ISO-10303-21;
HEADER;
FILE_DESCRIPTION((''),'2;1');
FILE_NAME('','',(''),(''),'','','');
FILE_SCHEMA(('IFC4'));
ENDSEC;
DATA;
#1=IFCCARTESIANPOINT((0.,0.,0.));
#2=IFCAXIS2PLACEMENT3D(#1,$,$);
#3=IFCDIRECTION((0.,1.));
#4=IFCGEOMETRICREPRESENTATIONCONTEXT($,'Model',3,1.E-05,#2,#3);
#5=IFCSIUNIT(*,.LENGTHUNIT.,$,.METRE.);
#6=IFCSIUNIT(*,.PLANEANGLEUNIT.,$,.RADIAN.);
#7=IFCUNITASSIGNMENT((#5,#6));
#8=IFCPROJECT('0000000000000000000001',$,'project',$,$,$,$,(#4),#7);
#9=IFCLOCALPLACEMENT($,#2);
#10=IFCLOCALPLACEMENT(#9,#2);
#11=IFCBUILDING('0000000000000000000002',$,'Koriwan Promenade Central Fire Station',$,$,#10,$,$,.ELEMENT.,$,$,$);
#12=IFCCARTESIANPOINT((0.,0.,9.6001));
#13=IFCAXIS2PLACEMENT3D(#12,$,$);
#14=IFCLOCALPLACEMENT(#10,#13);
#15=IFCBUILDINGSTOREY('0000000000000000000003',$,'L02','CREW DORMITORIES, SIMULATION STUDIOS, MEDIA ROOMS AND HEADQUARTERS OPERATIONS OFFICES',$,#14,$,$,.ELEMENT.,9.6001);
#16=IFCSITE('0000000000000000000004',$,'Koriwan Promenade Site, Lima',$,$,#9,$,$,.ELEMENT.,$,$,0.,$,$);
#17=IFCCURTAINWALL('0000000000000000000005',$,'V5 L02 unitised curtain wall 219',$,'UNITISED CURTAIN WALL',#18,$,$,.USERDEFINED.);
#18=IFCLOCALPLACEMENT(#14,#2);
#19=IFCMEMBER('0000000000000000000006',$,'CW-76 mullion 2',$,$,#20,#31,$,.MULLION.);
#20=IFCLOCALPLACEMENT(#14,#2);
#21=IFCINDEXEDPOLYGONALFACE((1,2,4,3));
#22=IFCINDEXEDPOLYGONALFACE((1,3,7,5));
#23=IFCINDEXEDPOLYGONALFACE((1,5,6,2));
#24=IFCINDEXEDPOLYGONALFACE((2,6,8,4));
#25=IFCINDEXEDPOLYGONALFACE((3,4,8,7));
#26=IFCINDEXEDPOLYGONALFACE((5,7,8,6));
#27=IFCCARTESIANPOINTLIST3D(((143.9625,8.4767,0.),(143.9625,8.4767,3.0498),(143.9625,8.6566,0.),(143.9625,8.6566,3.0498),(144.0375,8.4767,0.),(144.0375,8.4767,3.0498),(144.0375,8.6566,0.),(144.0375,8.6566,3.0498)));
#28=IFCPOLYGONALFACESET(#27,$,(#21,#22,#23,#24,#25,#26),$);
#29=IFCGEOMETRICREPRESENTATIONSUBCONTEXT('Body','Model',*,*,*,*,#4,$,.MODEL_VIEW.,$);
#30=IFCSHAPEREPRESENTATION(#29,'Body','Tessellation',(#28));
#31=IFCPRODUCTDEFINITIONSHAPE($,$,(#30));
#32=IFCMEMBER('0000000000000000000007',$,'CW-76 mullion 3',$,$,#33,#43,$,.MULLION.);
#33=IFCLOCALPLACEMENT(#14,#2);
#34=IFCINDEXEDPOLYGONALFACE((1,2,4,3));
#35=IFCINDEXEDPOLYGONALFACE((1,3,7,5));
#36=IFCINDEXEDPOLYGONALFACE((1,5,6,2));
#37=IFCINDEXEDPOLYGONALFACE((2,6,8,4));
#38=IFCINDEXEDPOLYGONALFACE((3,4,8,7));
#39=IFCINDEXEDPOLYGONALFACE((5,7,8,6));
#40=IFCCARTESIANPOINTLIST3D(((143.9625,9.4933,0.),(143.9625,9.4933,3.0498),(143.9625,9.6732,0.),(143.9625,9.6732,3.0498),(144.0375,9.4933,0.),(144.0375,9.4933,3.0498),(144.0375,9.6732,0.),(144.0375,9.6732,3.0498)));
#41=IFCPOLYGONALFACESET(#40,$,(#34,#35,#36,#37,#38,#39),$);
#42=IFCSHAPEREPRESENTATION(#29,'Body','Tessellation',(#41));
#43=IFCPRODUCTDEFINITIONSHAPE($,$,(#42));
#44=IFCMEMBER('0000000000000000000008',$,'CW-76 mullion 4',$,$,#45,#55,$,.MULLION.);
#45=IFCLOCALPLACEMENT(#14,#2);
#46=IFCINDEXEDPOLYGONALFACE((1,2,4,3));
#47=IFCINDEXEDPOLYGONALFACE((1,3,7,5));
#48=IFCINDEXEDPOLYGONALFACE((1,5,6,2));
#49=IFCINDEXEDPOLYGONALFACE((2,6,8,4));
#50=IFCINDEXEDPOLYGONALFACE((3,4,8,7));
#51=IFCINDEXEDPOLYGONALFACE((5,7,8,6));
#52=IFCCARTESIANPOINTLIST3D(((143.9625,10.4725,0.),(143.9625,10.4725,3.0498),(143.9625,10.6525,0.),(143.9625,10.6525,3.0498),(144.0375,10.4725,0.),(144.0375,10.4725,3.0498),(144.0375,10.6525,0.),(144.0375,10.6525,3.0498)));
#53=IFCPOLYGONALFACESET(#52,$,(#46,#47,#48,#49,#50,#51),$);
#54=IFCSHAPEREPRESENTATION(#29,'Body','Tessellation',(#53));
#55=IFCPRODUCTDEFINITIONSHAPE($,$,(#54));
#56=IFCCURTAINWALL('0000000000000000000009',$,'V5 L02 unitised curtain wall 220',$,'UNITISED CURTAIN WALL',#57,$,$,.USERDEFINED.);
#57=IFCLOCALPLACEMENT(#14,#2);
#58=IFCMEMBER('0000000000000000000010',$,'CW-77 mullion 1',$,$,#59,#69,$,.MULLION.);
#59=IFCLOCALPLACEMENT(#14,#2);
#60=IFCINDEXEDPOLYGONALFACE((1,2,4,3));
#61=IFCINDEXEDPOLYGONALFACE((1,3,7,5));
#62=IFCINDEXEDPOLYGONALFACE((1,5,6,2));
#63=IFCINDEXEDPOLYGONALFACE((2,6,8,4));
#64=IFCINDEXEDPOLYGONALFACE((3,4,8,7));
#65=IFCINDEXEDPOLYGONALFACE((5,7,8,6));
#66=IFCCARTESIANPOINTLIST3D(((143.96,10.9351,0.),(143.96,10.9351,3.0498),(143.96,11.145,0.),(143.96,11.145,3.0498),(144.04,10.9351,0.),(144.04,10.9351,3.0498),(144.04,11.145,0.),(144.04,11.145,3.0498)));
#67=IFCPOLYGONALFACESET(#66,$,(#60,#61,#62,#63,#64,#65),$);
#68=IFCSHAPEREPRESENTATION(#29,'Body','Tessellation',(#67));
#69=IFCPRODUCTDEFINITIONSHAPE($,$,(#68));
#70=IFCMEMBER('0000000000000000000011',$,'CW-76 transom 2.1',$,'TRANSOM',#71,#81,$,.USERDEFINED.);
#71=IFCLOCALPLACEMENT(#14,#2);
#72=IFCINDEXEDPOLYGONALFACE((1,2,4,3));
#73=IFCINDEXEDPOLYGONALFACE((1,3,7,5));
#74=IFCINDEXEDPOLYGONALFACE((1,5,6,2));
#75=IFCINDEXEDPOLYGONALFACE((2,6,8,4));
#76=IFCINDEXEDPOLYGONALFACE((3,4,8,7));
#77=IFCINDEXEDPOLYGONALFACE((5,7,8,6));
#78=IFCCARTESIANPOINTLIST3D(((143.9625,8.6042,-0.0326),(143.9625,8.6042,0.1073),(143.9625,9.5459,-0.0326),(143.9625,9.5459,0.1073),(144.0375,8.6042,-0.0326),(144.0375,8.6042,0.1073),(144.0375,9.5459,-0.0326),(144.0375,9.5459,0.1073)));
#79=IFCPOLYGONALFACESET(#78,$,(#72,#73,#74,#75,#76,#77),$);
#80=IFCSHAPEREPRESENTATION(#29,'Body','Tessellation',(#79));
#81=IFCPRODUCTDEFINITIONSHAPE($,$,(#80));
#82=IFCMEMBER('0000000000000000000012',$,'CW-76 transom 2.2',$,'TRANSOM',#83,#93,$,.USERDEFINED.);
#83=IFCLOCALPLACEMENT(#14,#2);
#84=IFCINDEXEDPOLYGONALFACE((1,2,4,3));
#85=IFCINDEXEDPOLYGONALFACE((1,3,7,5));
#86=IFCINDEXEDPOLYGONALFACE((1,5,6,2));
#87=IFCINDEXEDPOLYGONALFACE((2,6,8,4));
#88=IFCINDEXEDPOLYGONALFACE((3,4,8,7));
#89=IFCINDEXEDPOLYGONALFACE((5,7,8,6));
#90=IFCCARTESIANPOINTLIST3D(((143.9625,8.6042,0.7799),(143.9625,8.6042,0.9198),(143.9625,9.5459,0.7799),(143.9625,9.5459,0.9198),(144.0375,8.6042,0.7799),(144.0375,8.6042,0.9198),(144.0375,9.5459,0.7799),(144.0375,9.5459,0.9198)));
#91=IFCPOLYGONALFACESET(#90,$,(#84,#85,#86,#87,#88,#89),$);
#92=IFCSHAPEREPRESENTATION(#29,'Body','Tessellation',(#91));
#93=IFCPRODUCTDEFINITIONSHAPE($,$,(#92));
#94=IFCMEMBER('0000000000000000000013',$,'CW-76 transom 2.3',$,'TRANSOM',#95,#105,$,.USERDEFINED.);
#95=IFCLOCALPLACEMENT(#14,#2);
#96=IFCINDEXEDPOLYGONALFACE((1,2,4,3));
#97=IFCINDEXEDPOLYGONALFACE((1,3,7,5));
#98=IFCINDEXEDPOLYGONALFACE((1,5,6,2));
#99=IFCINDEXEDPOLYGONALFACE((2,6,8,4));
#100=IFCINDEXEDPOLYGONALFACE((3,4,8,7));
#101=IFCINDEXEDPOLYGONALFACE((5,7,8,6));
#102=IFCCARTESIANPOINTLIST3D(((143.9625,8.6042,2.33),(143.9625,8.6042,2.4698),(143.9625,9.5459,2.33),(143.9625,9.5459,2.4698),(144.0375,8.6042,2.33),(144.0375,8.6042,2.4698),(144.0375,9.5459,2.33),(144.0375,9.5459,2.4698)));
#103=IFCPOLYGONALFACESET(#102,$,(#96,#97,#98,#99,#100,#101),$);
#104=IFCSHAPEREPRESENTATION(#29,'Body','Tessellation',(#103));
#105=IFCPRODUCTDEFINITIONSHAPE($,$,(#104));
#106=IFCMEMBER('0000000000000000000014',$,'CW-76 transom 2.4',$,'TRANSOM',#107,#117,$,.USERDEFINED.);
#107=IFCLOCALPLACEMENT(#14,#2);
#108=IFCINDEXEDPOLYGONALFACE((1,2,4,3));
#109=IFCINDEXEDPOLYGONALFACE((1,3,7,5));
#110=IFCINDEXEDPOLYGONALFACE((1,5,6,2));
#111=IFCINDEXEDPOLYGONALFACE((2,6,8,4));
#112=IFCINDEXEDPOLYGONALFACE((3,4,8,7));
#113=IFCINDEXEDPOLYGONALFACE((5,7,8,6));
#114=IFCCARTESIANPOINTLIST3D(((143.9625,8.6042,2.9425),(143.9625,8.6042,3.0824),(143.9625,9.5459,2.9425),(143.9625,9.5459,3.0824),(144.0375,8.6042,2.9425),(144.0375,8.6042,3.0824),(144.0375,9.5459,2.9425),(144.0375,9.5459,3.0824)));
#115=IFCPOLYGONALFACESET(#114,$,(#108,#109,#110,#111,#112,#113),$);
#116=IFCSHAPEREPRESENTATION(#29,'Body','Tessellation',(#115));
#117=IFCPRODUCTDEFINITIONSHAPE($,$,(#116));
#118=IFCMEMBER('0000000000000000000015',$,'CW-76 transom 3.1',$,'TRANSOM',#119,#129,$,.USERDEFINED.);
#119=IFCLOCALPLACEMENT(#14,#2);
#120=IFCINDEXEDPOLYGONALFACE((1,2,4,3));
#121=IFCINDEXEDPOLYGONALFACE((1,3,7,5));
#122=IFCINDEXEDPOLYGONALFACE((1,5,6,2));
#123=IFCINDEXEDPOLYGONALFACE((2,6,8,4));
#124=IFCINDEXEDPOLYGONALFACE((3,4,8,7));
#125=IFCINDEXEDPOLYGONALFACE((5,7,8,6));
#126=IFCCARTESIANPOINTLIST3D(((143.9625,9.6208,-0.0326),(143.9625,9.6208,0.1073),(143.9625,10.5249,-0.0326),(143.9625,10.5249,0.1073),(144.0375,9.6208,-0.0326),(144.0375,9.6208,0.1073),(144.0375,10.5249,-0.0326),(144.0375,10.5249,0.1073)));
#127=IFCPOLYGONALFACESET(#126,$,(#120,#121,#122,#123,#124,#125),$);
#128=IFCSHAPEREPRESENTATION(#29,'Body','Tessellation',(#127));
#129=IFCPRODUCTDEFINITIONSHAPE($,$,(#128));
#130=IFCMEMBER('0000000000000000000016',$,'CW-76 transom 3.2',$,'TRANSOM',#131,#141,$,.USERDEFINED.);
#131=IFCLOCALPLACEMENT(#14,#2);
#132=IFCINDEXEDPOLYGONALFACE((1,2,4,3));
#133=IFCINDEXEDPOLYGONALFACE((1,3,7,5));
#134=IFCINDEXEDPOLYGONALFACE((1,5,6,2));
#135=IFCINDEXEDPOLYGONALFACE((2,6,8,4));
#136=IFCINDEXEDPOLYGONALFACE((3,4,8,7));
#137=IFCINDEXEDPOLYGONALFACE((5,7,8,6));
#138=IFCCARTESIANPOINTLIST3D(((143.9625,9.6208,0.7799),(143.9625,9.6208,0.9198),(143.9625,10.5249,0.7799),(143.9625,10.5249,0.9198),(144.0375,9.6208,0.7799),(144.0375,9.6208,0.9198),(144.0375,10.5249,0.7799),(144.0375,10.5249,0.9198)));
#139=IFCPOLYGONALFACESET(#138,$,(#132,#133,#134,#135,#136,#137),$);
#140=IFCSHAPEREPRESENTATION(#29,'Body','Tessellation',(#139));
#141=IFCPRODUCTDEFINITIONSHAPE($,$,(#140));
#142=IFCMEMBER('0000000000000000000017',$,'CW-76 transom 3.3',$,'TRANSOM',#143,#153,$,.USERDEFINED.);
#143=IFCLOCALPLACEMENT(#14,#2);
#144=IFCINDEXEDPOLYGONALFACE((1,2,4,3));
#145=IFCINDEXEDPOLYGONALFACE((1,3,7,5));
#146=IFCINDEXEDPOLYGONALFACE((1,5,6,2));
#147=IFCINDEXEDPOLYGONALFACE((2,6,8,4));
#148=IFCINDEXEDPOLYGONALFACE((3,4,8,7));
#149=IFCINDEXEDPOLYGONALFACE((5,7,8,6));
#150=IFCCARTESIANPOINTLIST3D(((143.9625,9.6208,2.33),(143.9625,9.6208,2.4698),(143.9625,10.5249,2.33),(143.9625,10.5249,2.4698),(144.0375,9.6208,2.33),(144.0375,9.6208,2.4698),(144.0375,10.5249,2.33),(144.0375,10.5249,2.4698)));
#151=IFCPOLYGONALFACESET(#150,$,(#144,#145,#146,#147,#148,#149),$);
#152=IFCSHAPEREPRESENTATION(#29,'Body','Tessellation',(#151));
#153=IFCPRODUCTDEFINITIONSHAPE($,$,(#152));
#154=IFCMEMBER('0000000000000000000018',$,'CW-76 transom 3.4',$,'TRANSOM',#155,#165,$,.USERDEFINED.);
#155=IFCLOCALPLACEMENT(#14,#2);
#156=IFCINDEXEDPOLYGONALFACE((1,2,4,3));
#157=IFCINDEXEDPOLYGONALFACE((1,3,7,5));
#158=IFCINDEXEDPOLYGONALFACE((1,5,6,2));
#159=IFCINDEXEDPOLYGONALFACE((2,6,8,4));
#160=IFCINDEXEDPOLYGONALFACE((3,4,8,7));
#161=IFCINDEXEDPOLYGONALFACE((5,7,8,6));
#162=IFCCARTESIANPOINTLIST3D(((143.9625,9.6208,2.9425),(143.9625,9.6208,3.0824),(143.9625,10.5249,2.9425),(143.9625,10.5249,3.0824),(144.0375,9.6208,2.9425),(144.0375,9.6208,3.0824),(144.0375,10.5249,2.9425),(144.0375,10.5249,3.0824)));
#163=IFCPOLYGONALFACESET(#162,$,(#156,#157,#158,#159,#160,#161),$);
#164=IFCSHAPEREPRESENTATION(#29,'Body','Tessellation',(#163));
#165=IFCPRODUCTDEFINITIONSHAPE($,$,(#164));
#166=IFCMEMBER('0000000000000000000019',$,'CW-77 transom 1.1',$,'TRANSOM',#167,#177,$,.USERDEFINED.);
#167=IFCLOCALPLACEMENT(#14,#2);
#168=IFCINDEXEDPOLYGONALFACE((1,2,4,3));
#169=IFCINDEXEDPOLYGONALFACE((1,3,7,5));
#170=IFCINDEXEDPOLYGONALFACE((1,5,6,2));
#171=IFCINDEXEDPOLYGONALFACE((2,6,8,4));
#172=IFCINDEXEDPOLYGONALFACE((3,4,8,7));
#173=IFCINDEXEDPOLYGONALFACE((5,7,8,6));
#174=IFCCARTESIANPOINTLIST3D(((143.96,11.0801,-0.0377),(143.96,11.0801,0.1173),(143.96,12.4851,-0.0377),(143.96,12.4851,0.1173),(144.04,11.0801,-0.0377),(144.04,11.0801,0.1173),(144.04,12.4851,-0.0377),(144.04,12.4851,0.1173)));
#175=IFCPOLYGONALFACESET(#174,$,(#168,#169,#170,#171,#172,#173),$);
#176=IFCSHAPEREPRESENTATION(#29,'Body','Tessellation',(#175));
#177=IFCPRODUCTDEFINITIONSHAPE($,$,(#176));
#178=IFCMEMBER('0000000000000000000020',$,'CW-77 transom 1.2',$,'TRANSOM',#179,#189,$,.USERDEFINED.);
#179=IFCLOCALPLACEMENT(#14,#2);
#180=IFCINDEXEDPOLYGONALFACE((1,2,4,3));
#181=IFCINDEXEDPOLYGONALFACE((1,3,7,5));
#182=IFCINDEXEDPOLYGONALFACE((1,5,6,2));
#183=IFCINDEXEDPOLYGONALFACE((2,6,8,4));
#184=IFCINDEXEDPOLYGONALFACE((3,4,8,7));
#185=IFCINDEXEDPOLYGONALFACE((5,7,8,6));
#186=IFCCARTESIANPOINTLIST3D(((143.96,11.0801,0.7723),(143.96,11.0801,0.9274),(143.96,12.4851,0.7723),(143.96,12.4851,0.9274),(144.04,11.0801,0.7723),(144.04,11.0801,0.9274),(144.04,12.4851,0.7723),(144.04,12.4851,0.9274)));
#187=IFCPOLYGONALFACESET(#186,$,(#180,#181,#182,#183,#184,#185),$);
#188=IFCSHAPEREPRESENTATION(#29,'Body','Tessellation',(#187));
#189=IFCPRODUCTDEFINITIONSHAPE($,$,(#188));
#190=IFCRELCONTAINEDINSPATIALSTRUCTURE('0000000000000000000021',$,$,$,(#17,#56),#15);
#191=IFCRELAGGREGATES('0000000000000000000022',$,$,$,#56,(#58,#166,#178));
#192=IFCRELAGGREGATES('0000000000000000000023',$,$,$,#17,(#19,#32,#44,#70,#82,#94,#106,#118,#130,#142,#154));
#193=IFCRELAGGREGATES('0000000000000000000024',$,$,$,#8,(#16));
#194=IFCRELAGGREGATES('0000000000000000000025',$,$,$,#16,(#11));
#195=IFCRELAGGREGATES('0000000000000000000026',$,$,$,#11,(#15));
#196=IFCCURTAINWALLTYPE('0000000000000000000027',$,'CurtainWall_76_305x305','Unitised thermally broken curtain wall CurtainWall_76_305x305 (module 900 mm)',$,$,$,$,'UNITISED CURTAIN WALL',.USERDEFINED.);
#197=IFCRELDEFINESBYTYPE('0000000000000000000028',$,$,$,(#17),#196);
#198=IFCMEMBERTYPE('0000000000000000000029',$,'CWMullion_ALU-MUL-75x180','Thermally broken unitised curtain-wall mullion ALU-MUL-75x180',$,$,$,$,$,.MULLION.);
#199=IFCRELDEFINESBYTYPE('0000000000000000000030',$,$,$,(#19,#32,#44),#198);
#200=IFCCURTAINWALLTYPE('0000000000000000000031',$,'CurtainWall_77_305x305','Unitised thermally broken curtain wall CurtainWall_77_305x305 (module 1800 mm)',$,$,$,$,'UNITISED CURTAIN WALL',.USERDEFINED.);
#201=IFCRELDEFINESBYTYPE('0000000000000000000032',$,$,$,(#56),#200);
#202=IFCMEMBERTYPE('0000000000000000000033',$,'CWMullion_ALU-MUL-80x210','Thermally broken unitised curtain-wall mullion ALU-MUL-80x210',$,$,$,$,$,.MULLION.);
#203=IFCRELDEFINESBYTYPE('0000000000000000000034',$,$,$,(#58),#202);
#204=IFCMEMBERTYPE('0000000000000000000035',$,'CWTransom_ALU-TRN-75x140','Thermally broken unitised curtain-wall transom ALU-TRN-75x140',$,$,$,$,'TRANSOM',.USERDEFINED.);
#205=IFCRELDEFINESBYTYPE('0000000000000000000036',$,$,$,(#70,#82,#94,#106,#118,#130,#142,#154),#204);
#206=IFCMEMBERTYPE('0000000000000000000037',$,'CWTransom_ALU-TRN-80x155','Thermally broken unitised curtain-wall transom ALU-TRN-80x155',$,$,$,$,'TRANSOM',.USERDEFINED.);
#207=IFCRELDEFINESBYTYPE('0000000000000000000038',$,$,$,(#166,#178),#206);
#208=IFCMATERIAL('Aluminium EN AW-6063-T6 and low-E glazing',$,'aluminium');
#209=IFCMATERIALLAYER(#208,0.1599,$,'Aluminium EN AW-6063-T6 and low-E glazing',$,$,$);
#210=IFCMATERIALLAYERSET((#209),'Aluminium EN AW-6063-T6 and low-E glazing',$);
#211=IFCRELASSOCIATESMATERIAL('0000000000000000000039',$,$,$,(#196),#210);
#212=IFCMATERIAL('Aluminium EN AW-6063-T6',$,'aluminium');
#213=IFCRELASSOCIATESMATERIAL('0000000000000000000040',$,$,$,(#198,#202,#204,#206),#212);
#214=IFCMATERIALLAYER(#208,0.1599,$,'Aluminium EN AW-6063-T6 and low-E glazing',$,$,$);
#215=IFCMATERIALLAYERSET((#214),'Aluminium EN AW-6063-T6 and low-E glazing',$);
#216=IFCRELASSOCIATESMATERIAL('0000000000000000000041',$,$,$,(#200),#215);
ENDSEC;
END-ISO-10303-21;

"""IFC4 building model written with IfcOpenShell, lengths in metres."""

from ifc_helpers import new_model, si_unit, direction, frame, origin, origin_2d, place, context, subcontext, project, spatial, rectangle, extrude, material, layer, layer_set, material_profile, profile_set, type_object, element, aggregate, save


model = new_model("IFC4")

# Units and contexts
model_context = context("Model", 3, precision=1e-05, world=origin(), true_north=direction((0.0, 1.0)))
body_context = subcontext(model_context, "Body", "Model", "MODEL_VIEW")
ifc_project = project(units=[si_unit("LENGTHUNIT", "METRE"), si_unit("PLANEANGLEUNIT", "RADIAN")], contexts=[model_context])

# Site, building, storey
site_placement = place(None, origin())
site = spatial("IfcSite", under=ifc_project, at=site_placement, Name="Koriwan Promenade Site, Lima", CompositionType="ELEMENT", RefElevation=0.0)
building_placement = place(site_placement, origin())
building = spatial("IfcBuilding", under=site, at=building_placement, Name="Koriwan Promenade Central Fire Station", CompositionType="ELEMENT")
storey_placement = place(building_placement, frame((0.0, 0.0, 9.6001)))
storey = spatial("IfcBuildingStorey", under=building, at=storey_placement, Name="L02", Description="CREW DORMITORIES, SIMULATION STUDIOS, MEDIA ROOMS AND HEADQUARTERS OPERATIONS OFFICES", CompositionType="ELEMENT", Elevation=9.6001)

# Curtain wall, members
ifc_material_1 = material(Name="Aluminium EN AW-6063-T6 and low-E glazing", Category="aluminium")
ifc_layer_1 = layer(ifc_material_1, 0.1599, Name="Aluminium EN AW-6063-T6 and low-E glazing")
ifc_layer_set_1 = layer_set([ifc_layer_1], Name="Aluminium EN AW-6063-T6 and low-E glazing")
curtain_wall_type_1 = type_object("IfcCurtainWallType", Name="CurtainWall_76_305x305", Description="Unitised thermally broken curtain wall CurtainWall_76_305x305 (module 900 mm)", ElementType="UNITISED CURTAIN WALL", PredefinedType="USERDEFINED", material=ifc_layer_set_1)
curtain_wall_1_placement = place(storey_placement, origin())
curtain_wall_1 = element("IfcCurtainWall", 1, at=curtain_wall_1_placement, inside=storey, type_object=curtain_wall_type_1, Name="V5 L02 unitised curtain wall 219", ObjectType="UNITISED CURTAIN WALL", PredefinedType="USERDEFINED")
ifc_material_2 = material(Name="Aluminium EN AW-6063-T6", Category="aluminium")
ifc_material_profile_1 = material_profile(ifc_material_2, rectangle(XDim=0.075, YDim=0.1799, at=origin_2d()), Name="ALU-MUL-75x180")
ifc_profile_set_1 = profile_set([ifc_material_profile_1], Name="Aluminium EN AW-6063-T6")
member_type_1 = type_object("IfcMemberType", Name="CWMullion_ALU-MUL-75x180", Description="Thermally broken unitised curtain-wall mullion ALU-MUL-75x180", PredefinedType="MULLION", material=ifc_profile_set_1)
member_1_placement = place(storey_placement, frame((144.0, 8.5667, 0.0), z_axis=(0.0, 0.0, 1.0), x_axis=(-1.0, 0.0, 0.0)))
member_1 = element("IfcMember", 2, at=member_1_placement, type_object=member_type_1, Name="CW-76 mullion 2", PredefinedType="MULLION", context=body_context, shape_type="SweptSolid", body=[
    extrude(rectangle(XDim=0.075, YDim=0.1799, at=origin_2d()), origin(), (0.0, 0.0, 1.0), 3.0498),
])
member_2_placement = place(storey_placement, frame((144.0, 9.5833, 0.0), z_axis=(0.0, 0.0, 1.0), x_axis=(-1.0, 0.0, 0.0)))
member_2 = element("IfcMember", 3, at=member_2_placement, type_object=member_type_1, Name="CW-76 mullion 3", PredefinedType="MULLION", context=body_context, shape_type="SweptSolid", body=[
    extrude(rectangle(XDim=0.075, YDim=0.1799, at=origin_2d()), origin(), (0.0, 0.0, 1.0), 3.0498),
])
member_3_placement = place(storey_placement, frame((144.0, 10.5625, 0.0), z_axis=(0.0, 0.0, 1.0), x_axis=(-1.0, 0.0, 0.0)))
member_3 = element("IfcMember", 4, at=member_3_placement, type_object=member_type_1, Name="CW-76 mullion 4", PredefinedType="MULLION", context=body_context, shape_type="SweptSolid", body=[
    extrude(rectangle(XDim=0.075, YDim=0.1799, at=origin_2d()), origin(), (0.0, 0.0, 1.0), 3.0498),
])

# Curtain wall, member
ifc_layer_2 = layer(ifc_material_1, 0.1599, Name="Aluminium EN AW-6063-T6 and low-E glazing")
ifc_layer_set_2 = layer_set([ifc_layer_2], Name="Aluminium EN AW-6063-T6 and low-E glazing")
curtain_wall_type_2 = type_object("IfcCurtainWallType", Name="CurtainWall_77_305x305", Description="Unitised thermally broken curtain wall CurtainWall_77_305x305 (module 1800 mm)", ElementType="UNITISED CURTAIN WALL", PredefinedType="USERDEFINED", material=ifc_layer_set_2)
curtain_wall_2_placement = place(storey_placement, origin())
curtain_wall_2 = element("IfcCurtainWall", 5, at=curtain_wall_2_placement, inside=storey, type_object=curtain_wall_type_2, Name="V5 L02 unitised curtain wall 220", ObjectType="UNITISED CURTAIN WALL", PredefinedType="USERDEFINED")
ifc_material_profile_2 = material_profile(ifc_material_2, rectangle(XDim=0.0801, YDim=0.21, at=origin_2d()), Name="ALU-MUL-80x210")
ifc_profile_set_2 = profile_set([ifc_material_profile_2], Name="Aluminium EN AW-6063-T6")
member_type_2 = type_object("IfcMemberType", Name="CWMullion_ALU-MUL-80x210", Description="Thermally broken unitised curtain-wall mullion ALU-MUL-80x210", PredefinedType="MULLION", material=ifc_profile_set_2)
member_4_placement = place(storey_placement, frame((144.0, 11.04, 0.0), z_axis=(0.0, 0.0, 1.0), x_axis=(-1.0, 0.0, 0.0)))
member_4 = element("IfcMember", 6, at=member_4_placement, type_object=member_type_2, Name="CW-77 mullion 1", PredefinedType="MULLION", context=body_context, shape_type="SweptSolid", body=[
    extrude(rectangle(XDim=0.0801, YDim=0.21, at=origin_2d()), origin(), (0.0, 0.0, 1.0), 3.0498),
])

# Members
ifc_material_profile_3 = material_profile(ifc_material_2, rectangle(XDim=0.075, YDim=0.1399, at=origin_2d()), Name="ALU-TRN-75x140")
ifc_profile_set_3 = profile_set([ifc_material_profile_3], Name="Aluminium EN AW-6063-T6")
member_type_3 = type_object("IfcMemberType", Name="CWTransom_ALU-TRN-75x140", Description="Thermally broken unitised curtain-wall transom ALU-TRN-75x140", ElementType="TRANSOM", PredefinedType="USERDEFINED", material=ifc_profile_set_3)
member_5_placement = place(storey_placement, frame((144.0, 8.6042, 0.0374), z_axis=(0.0, 1.0, 0.0), x_axis=(-1.0, 0.0, 0.0)))
member_5 = element("IfcMember", 7, at=member_5_placement, type_object=member_type_3, Name="CW-76 transom 2.1", ObjectType="TRANSOM", PredefinedType="USERDEFINED", context=body_context, shape_type="SweptSolid", body=[
    extrude(rectangle(XDim=0.075, YDim=0.1399, at=origin_2d()), origin(), (0.0, 0.0, 1.0), 0.9417),
])
member_6_placement = place(storey_placement, frame((144.0, 8.6042, 0.8499), z_axis=(0.0, 1.0, 0.0), x_axis=(-1.0, 0.0, 0.0)))
member_6 = element("IfcMember", 8, at=member_6_placement, type_object=member_type_3, Name="CW-76 transom 2.2", ObjectType="TRANSOM", PredefinedType="USERDEFINED", context=body_context, shape_type="SweptSolid", body=[
    extrude(rectangle(XDim=0.075, YDim=0.1399, at=origin_2d()), origin(), (0.0, 0.0, 1.0), 0.9417),
])
member_7_placement = place(storey_placement, frame((144.0, 8.6042, 2.3999), z_axis=(0.0, 1.0, 0.0), x_axis=(-1.0, 0.0, 0.0)))
member_7 = element("IfcMember", 9, at=member_7_placement, type_object=member_type_3, Name="CW-76 transom 2.3", ObjectType="TRANSOM", PredefinedType="USERDEFINED", context=body_context, shape_type="SweptSolid", body=[
    extrude(rectangle(XDim=0.075, YDim=0.1399, at=origin_2d()), origin(), (0.0, 0.0, 1.0), 0.9417),
])
member_8_placement = place(storey_placement, frame((144.0, 8.6042, 3.0125), z_axis=(0.0, 1.0, 0.0), x_axis=(-1.0, 0.0, 0.0)))
member_8 = element("IfcMember", 10, at=member_8_placement, type_object=member_type_3, Name="CW-76 transom 2.4", ObjectType="TRANSOM", PredefinedType="USERDEFINED", context=body_context, shape_type="SweptSolid", body=[
    extrude(rectangle(XDim=0.075, YDim=0.1399, at=origin_2d()), origin(), (0.0, 0.0, 1.0), 0.9417),
])
member_9_placement = place(storey_placement, frame((144.0, 9.6208, 0.0374), z_axis=(0.0, 1.0, 0.0), x_axis=(-1.0, 0.0, 0.0)))
member_9 = element("IfcMember", 11, at=member_9_placement, type_object=member_type_3, Name="CW-76 transom 3.1", ObjectType="TRANSOM", PredefinedType="USERDEFINED", context=body_context, shape_type="SweptSolid", body=[
    extrude(rectangle(XDim=0.075, YDim=0.1399, at=origin_2d()), origin(), (0.0, 0.0, 1.0), 0.9041),
])
member_10_placement = place(storey_placement, frame((144.0, 9.6208, 0.8499), z_axis=(0.0, 1.0, 0.0), x_axis=(-1.0, 0.0, 0.0)))
member_10 = element("IfcMember", 12, at=member_10_placement, type_object=member_type_3, Name="CW-76 transom 3.2", ObjectType="TRANSOM", PredefinedType="USERDEFINED", context=body_context, shape_type="SweptSolid", body=[
    extrude(rectangle(XDim=0.075, YDim=0.1399, at=origin_2d()), origin(), (0.0, 0.0, 1.0), 0.9041),
])
member_11_placement = place(storey_placement, frame((144.0, 9.6208, 2.3999), z_axis=(0.0, 1.0, 0.0), x_axis=(-1.0, 0.0, 0.0)))
member_11 = element("IfcMember", 13, at=member_11_placement, type_object=member_type_3, Name="CW-76 transom 3.3", ObjectType="TRANSOM", PredefinedType="USERDEFINED", context=body_context, shape_type="SweptSolid", body=[
    extrude(rectangle(XDim=0.075, YDim=0.1399, at=origin_2d()), origin(), (0.0, 0.0, 1.0), 0.9041),
])
member_12_placement = place(storey_placement, frame((144.0, 9.6208, 3.0125), z_axis=(0.0, 1.0, 0.0), x_axis=(-1.0, 0.0, 0.0)))
member_12 = element("IfcMember", 14, at=member_12_placement, type_object=member_type_3, Name="CW-76 transom 3.4", ObjectType="TRANSOM", PredefinedType="USERDEFINED", context=body_context, shape_type="SweptSolid", body=[
    extrude(rectangle(XDim=0.075, YDim=0.1399, at=origin_2d()), origin(), (0.0, 0.0, 1.0), 0.9041),
])
ifc_material_profile_4 = material_profile(ifc_material_2, rectangle(XDim=0.0801, YDim=0.155, at=origin_2d()), Name="ALU-TRN-80x155")
ifc_profile_set_4 = profile_set([ifc_material_profile_4], Name="Aluminium EN AW-6063-T6")
member_type_4 = type_object("IfcMemberType", Name="CWTransom_ALU-TRN-80x155", Description="Thermally broken unitised curtain-wall transom ALU-TRN-80x155", ElementType="TRANSOM", PredefinedType="USERDEFINED", material=ifc_profile_set_4)
member_13_placement = place(storey_placement, frame((144.0, 11.0801, 0.0398), z_axis=(0.0, 1.0, 0.0), x_axis=(-1.0, 0.0, 0.0)))
member_13 = element("IfcMember", 15, at=member_13_placement, type_object=member_type_4, Name="CW-77 transom 1.1", ObjectType="TRANSOM", PredefinedType="USERDEFINED", context=body_context, shape_type="SweptSolid", body=[
    extrude(rectangle(XDim=0.0801, YDim=0.155, at=origin_2d()), origin(), (0.0, 0.0, 1.0), 1.405),
])
member_14_placement = place(storey_placement, frame((144.0, 11.0801, 0.8499), z_axis=(0.0, 1.0, 0.0), x_axis=(-1.0, 0.0, 0.0)))
member_14 = element("IfcMember", 16, at=member_14_placement, type_object=member_type_4, Name="CW-77 transom 1.2", ObjectType="TRANSOM", PredefinedType="USERDEFINED", context=body_context, shape_type="SweptSolid", body=[
    extrude(rectangle(XDim=0.0801, YDim=0.155, at=origin_2d()), origin(), (0.0, 0.0, 1.0), 1.405),
])

aggregate(curtain_wall_2, [member_4, member_13, member_14])
aggregate(curtain_wall_1, [member_1, member_2, member_3, member_5, member_6, member_7, member_8, member_9, member_10, member_11, member_12])

save(model, "model.ifc")
